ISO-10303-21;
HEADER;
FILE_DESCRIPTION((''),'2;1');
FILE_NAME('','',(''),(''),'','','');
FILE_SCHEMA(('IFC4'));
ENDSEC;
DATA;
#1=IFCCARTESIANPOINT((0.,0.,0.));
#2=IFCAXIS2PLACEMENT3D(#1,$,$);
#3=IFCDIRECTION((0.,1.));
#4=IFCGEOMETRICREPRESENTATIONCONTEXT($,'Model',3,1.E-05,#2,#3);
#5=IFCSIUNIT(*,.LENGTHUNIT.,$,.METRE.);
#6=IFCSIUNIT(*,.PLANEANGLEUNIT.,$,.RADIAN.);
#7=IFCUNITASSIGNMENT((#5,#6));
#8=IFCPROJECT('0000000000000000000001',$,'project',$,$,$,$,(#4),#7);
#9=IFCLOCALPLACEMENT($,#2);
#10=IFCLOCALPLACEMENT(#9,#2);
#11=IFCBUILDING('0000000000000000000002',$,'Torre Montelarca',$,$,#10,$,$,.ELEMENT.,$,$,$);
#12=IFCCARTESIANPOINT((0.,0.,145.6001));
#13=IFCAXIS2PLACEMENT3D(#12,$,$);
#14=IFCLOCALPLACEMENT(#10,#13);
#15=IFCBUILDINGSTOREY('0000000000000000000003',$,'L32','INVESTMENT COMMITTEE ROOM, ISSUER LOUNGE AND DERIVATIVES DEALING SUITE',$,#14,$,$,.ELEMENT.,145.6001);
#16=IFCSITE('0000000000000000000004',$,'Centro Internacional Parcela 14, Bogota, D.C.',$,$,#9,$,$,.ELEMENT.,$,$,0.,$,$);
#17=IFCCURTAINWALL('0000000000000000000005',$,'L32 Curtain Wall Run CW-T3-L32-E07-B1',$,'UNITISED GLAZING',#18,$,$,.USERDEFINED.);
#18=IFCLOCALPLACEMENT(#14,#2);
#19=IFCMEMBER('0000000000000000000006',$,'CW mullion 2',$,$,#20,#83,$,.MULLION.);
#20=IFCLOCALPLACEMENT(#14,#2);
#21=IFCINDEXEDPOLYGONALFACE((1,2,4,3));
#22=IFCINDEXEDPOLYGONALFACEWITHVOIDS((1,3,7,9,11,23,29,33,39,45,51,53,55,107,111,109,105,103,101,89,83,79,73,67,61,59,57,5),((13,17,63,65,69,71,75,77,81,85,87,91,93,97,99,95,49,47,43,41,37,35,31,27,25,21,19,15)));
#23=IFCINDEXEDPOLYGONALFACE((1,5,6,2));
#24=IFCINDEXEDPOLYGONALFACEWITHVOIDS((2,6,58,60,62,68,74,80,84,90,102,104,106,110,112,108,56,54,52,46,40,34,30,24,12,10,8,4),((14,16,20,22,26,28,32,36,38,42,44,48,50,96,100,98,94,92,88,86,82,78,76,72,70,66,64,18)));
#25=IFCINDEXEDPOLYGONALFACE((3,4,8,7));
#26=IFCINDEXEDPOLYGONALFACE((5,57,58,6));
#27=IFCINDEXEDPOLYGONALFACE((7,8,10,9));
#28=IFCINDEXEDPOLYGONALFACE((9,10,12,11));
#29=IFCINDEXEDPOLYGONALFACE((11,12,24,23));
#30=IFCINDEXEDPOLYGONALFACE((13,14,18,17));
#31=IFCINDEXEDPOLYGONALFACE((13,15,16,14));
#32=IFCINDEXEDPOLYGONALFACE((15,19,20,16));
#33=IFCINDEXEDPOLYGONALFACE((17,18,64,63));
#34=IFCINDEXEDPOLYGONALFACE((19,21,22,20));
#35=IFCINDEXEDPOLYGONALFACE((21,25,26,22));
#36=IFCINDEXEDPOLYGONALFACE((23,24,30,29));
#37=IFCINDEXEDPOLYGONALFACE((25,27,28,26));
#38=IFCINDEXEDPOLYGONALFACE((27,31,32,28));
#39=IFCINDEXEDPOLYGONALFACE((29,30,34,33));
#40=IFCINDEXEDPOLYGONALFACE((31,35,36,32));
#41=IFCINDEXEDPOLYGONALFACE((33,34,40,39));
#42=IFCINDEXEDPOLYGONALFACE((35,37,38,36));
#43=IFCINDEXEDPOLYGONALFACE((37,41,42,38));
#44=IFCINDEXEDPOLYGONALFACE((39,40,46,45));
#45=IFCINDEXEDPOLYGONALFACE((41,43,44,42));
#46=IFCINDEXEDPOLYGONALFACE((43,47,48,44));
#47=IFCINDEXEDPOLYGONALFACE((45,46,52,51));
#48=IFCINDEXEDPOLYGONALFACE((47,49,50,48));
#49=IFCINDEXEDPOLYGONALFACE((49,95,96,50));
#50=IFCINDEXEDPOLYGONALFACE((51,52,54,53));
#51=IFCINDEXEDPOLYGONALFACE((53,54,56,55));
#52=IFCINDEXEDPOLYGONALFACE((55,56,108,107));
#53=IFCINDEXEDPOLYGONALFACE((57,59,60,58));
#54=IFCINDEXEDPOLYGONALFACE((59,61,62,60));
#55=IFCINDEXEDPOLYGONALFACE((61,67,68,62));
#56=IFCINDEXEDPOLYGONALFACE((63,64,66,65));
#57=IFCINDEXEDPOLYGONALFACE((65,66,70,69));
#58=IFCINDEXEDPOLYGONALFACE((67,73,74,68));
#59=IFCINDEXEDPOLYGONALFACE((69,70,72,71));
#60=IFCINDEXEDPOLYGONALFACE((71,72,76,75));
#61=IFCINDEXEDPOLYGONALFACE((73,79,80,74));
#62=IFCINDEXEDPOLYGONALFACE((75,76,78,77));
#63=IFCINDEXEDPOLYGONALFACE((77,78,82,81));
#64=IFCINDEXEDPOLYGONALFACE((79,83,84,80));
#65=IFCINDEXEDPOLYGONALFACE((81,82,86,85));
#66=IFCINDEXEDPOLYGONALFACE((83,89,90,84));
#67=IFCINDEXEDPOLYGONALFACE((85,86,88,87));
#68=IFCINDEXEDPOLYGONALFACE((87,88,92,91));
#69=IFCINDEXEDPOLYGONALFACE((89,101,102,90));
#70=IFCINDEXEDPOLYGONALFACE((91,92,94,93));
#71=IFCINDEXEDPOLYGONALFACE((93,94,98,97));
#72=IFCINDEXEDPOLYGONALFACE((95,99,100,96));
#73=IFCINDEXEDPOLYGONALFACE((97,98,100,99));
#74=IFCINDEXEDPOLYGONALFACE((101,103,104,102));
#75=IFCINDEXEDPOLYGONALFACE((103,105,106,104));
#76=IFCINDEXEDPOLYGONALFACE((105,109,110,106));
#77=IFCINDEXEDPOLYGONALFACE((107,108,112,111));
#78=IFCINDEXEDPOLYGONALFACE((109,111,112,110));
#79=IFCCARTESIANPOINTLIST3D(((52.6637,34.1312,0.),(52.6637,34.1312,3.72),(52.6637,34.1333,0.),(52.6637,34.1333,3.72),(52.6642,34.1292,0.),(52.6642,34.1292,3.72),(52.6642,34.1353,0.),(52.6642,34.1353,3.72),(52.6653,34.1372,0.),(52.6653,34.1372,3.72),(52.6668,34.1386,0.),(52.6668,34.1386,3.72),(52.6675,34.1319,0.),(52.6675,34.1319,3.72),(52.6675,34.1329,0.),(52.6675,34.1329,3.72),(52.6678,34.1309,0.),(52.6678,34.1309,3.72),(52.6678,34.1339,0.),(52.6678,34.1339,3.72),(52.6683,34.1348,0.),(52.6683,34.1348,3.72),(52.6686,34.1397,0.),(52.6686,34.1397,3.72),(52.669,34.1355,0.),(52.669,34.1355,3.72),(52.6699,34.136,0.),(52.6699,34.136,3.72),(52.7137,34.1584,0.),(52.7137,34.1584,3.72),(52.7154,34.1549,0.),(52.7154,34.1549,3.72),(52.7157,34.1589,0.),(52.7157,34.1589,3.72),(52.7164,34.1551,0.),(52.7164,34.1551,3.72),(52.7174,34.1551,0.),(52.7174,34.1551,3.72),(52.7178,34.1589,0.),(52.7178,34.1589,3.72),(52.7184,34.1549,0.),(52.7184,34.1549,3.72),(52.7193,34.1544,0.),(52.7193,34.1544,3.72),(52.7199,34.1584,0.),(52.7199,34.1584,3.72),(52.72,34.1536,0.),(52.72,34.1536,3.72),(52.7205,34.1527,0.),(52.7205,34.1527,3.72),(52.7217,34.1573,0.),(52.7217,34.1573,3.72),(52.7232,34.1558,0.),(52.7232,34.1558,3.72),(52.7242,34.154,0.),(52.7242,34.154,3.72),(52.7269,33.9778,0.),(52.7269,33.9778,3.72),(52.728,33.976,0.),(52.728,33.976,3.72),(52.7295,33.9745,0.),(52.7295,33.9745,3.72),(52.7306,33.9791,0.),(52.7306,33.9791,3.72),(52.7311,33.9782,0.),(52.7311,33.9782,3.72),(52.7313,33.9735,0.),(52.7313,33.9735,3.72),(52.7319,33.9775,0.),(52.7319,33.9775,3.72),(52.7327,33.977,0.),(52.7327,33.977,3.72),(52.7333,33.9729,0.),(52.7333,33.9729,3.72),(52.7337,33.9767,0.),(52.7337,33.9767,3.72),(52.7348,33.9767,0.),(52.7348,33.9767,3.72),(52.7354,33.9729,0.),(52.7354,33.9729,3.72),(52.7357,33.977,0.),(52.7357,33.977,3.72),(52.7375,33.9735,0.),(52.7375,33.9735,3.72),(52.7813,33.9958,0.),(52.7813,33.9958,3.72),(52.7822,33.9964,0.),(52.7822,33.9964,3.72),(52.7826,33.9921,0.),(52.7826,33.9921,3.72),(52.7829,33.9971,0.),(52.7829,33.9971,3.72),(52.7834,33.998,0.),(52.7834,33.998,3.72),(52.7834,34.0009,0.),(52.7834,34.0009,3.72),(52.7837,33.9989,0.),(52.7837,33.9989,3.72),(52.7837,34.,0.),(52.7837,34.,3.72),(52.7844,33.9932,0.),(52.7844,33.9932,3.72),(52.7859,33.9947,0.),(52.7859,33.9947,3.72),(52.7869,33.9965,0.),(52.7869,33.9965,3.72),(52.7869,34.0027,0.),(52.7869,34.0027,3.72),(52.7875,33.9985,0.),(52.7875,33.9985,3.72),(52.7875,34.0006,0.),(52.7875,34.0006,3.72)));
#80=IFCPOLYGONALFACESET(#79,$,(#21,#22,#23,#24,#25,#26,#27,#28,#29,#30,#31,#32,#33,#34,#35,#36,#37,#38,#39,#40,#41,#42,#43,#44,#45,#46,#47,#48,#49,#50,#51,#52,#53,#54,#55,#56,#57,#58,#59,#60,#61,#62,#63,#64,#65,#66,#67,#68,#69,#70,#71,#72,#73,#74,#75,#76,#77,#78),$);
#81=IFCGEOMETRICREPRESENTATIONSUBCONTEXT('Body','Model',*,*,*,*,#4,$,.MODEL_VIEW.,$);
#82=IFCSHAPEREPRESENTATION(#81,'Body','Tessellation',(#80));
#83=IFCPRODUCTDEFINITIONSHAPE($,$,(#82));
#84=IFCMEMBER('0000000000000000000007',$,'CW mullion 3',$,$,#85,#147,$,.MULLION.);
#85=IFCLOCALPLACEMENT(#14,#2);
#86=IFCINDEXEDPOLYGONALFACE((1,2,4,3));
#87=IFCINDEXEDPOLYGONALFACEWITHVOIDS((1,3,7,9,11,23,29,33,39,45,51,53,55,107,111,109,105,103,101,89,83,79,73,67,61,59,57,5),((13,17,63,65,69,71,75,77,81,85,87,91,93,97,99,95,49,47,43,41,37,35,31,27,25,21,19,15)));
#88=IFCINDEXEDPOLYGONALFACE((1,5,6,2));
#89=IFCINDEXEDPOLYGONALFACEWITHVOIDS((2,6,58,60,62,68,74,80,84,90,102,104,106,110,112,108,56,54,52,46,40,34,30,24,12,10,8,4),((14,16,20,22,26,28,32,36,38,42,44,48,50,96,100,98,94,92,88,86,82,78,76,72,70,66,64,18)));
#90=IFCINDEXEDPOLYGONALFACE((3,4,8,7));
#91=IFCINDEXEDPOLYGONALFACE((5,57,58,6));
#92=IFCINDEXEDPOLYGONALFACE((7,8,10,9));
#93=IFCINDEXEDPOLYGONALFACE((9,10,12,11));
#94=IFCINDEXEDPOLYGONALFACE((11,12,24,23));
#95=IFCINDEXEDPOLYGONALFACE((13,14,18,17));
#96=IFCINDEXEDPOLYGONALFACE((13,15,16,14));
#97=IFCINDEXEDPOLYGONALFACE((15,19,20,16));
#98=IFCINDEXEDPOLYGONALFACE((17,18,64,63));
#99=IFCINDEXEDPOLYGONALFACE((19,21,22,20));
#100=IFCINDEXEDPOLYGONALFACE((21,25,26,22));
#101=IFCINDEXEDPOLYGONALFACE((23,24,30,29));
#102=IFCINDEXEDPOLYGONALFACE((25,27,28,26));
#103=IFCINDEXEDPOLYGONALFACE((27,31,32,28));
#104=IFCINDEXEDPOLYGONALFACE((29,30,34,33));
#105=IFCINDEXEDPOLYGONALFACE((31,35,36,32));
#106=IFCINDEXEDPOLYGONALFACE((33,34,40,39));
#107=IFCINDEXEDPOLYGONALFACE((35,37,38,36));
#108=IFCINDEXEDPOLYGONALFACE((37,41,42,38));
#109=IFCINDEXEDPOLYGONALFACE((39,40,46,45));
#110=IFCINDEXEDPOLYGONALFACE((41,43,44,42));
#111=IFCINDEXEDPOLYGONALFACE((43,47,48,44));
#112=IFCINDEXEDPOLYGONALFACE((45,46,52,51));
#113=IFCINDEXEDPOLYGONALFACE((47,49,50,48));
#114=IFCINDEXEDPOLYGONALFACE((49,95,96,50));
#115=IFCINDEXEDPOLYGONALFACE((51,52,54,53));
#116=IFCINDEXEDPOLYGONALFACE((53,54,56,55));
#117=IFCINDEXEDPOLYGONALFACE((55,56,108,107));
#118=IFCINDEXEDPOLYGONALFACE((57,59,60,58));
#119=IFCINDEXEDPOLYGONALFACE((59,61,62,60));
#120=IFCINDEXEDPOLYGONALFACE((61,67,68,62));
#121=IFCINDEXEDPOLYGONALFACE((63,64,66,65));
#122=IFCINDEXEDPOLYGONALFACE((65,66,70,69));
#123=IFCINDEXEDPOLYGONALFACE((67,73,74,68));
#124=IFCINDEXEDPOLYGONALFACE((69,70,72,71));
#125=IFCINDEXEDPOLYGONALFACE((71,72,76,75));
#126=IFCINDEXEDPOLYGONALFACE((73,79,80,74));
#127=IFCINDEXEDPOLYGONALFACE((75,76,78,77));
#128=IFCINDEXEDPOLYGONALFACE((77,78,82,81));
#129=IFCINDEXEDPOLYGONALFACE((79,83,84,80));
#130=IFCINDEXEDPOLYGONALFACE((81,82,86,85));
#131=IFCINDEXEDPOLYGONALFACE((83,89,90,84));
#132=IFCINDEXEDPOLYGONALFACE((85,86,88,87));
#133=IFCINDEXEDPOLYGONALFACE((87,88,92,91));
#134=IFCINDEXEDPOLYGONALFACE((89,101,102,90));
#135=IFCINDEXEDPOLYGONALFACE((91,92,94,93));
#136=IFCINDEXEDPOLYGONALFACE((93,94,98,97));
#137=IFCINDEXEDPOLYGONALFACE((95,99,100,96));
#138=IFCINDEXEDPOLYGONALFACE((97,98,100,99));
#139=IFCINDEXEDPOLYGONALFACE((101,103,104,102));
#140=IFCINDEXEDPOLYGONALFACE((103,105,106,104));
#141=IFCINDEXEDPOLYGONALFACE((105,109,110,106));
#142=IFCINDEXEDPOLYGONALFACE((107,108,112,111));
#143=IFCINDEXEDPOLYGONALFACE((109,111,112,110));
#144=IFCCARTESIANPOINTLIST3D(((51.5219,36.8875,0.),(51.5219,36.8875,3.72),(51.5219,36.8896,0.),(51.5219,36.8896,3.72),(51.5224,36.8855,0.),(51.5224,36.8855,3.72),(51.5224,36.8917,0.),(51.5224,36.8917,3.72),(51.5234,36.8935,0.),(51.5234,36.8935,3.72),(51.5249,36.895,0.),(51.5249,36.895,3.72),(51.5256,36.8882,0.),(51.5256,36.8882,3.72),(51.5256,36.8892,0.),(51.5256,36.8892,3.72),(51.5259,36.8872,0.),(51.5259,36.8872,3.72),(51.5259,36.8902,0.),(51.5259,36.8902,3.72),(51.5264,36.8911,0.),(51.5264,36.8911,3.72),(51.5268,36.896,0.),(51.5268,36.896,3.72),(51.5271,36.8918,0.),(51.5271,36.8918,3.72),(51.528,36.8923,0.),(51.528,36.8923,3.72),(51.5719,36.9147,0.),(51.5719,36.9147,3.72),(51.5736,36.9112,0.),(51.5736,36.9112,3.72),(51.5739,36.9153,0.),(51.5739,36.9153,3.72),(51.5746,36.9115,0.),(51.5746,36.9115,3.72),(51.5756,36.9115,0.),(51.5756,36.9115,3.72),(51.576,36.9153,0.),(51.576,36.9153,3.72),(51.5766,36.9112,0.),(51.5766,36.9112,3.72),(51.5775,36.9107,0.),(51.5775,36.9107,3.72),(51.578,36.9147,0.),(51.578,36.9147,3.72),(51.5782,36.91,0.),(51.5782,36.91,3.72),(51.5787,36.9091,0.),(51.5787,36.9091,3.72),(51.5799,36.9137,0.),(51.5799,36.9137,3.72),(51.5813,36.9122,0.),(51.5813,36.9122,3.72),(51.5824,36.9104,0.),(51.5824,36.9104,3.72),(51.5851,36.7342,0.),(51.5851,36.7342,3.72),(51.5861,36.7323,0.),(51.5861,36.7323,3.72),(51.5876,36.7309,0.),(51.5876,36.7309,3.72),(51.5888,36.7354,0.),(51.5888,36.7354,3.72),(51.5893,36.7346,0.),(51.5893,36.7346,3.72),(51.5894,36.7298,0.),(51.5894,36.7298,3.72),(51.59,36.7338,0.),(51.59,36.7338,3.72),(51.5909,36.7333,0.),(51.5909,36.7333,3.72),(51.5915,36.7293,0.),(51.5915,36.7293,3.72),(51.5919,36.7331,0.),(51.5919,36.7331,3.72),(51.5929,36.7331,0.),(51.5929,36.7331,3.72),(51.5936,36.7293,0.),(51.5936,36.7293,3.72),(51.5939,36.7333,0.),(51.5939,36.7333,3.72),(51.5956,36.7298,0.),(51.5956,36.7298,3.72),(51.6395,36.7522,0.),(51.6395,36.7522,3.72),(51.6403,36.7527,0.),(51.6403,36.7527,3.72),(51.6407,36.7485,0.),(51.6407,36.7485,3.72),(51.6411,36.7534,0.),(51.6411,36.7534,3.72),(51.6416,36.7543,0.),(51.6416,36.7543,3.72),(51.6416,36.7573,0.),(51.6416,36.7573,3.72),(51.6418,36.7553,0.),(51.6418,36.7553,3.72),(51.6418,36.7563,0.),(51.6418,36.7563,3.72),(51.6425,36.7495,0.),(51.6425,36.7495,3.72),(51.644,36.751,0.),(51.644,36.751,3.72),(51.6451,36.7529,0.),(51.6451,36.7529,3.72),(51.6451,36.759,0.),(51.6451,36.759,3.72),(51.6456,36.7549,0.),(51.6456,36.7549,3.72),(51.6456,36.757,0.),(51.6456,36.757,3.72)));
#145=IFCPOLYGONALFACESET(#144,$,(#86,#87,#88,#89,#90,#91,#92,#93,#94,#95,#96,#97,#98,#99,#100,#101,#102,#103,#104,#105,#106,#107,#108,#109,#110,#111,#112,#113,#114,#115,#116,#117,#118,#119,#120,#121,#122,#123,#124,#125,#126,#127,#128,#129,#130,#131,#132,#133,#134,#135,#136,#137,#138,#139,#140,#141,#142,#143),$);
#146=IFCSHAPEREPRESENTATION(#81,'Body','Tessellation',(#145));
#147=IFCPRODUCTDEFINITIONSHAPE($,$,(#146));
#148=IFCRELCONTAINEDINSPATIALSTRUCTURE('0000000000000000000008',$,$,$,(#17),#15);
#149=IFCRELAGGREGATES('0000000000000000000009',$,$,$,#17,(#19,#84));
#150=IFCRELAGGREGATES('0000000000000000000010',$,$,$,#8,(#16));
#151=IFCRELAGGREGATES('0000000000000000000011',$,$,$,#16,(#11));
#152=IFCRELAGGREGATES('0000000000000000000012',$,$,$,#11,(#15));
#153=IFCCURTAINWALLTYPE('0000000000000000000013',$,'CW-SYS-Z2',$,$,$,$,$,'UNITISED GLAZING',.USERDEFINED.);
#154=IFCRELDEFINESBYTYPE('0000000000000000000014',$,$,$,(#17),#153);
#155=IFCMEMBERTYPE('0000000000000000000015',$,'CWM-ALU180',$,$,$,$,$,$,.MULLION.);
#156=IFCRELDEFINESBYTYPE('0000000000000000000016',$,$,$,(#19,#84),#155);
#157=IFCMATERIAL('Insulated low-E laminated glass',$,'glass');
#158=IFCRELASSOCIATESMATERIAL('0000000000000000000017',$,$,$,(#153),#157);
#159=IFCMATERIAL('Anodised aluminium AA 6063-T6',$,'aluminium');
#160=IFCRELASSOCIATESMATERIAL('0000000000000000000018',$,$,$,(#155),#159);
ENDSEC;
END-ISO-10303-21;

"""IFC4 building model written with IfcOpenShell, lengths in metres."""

from ifc_helpers import new_model, si_unit, direction, frame, origin, origin_2d, place, context, subcontext, project, spatial, hollow_rectangle, extrude, source, transform, mapped, material, material_profile, profile_set, type_object, element, aggregate, save


model = new_model("IFC4")

# Units and contexts
model_context = context("Model", 3, precision=1e-05, world=origin(), true_north=direction((0.0, 1.0)))
body_context = subcontext(model_context, "Body", "Model", "MODEL_VIEW")
ifc_project = project(units=[si_unit("LENGTHUNIT", "METRE"), si_unit("PLANEANGLEUNIT", "RADIAN")], contexts=[model_context])

# Site, building, storey
site_placement = place(None, origin())
site = spatial("IfcSite", under=ifc_project, at=site_placement, Name="Centro Internacional Parcela 14, Bogota, D.C.", CompositionType="ELEMENT", RefElevation=0.0)
building_placement = place(site_placement, origin())
building = spatial("IfcBuilding", under=site, at=building_placement, Name="Torre Montelarca", CompositionType="ELEMENT")
storey_placement = place(building_placement, frame((0.0, 0.0, 145.6001)))
storey = spatial("IfcBuildingStorey", under=building, at=storey_placement, Name="L32", Description="INVESTMENT COMMITTEE ROOM, ISSUER LOUNGE AND DERIVATIVES DEALING SUITE", CompositionType="ELEMENT", Elevation=145.6001)

# Curtain wall, members
ifc_material_1 = material(Name="Insulated low-E laminated glass", Category="glass")
curtain_wall_type = type_object("IfcCurtainWallType", Name="CW-SYS-Z2", ElementType="UNITISED GLAZING", PredefinedType="USERDEFINED", material=ifc_material_1)
curtain_wall_1_placement = place(storey_placement, origin())
curtain_wall_1 = element("IfcCurtainWall", 1, at=curtain_wall_1_placement, inside=storey, type_object=curtain_wall_type, Name="L32 Curtain Wall Run CW-T3-L32-E07-B1", ObjectType="UNITISED GLAZING", PredefinedType="USERDEFINED")
ifc_material_2 = material(Name="Anodised aluminium AA 6063-T6", Category="aluminium")
ifc_material_profile_1 = material_profile(ifc_material_2, hollow_rectangle(XDim=0.0649, YDim=0.1799, WallThickness=0.0039, InnerFilletRadius=0.0039, OuterFilletRadius=0.0081, at=origin_2d()), Name="ALU65X180X4", Category="aluminium")
ifc_profile_set_1 = profile_set([ifc_material_profile_1], Name="Anodised aluminium AA 6063-T6")
member_type_1 = type_object("IfcMemberType", Name="CWM-ALU180", PredefinedType="MULLION", material=ifc_profile_set_1)
shared_shape_1 = source(origin(), body_context, "Body", "SweptSolid", [
    extrude(hollow_rectangle(XDim=0.0649, YDim=0.1799, WallThickness=0.0039, InnerFilletRadius=0.0039, OuterFilletRadius=0.0081, at=origin_2d()), origin(), (0.0, 0.0, 1.0), 3.72),
])
member_1_placement = place(storey_placement, frame((52.7256, 34.0659, 0.0), z_axis=(0.0, 0.0, 1.0), x_axis=(-0.923886, -0.382668, 0.0)))
member_1 = element("IfcMember", 2, at=member_1_placement, type_object=member_type_1, Name="CW mullion 2", PredefinedType="MULLION", context=body_context, shape_type="MappedRepresentation", body=[
    mapped(shared_shape_1, transform((0.0, 0.0, 0.0), scale=1.0)),
])
member_2_placement = place(storey_placement, frame((51.5837, 36.8223, 0.0), z_axis=(0.0, 0.0, 1.0), x_axis=(-0.923886, -0.382668, 0.0)))
member_2 = element("IfcMember", 3, at=member_2_placement, type_object=member_type_1, Name="CW mullion 3", PredefinedType="MULLION", context=body_context, shape_type="MappedRepresentation", body=[
    mapped(shared_shape_1, transform((0.0, 0.0, 0.0), scale=1.0)),
])

aggregate(curtain_wall_1, [member_1, member_2])

save(model, "model.ifc")
